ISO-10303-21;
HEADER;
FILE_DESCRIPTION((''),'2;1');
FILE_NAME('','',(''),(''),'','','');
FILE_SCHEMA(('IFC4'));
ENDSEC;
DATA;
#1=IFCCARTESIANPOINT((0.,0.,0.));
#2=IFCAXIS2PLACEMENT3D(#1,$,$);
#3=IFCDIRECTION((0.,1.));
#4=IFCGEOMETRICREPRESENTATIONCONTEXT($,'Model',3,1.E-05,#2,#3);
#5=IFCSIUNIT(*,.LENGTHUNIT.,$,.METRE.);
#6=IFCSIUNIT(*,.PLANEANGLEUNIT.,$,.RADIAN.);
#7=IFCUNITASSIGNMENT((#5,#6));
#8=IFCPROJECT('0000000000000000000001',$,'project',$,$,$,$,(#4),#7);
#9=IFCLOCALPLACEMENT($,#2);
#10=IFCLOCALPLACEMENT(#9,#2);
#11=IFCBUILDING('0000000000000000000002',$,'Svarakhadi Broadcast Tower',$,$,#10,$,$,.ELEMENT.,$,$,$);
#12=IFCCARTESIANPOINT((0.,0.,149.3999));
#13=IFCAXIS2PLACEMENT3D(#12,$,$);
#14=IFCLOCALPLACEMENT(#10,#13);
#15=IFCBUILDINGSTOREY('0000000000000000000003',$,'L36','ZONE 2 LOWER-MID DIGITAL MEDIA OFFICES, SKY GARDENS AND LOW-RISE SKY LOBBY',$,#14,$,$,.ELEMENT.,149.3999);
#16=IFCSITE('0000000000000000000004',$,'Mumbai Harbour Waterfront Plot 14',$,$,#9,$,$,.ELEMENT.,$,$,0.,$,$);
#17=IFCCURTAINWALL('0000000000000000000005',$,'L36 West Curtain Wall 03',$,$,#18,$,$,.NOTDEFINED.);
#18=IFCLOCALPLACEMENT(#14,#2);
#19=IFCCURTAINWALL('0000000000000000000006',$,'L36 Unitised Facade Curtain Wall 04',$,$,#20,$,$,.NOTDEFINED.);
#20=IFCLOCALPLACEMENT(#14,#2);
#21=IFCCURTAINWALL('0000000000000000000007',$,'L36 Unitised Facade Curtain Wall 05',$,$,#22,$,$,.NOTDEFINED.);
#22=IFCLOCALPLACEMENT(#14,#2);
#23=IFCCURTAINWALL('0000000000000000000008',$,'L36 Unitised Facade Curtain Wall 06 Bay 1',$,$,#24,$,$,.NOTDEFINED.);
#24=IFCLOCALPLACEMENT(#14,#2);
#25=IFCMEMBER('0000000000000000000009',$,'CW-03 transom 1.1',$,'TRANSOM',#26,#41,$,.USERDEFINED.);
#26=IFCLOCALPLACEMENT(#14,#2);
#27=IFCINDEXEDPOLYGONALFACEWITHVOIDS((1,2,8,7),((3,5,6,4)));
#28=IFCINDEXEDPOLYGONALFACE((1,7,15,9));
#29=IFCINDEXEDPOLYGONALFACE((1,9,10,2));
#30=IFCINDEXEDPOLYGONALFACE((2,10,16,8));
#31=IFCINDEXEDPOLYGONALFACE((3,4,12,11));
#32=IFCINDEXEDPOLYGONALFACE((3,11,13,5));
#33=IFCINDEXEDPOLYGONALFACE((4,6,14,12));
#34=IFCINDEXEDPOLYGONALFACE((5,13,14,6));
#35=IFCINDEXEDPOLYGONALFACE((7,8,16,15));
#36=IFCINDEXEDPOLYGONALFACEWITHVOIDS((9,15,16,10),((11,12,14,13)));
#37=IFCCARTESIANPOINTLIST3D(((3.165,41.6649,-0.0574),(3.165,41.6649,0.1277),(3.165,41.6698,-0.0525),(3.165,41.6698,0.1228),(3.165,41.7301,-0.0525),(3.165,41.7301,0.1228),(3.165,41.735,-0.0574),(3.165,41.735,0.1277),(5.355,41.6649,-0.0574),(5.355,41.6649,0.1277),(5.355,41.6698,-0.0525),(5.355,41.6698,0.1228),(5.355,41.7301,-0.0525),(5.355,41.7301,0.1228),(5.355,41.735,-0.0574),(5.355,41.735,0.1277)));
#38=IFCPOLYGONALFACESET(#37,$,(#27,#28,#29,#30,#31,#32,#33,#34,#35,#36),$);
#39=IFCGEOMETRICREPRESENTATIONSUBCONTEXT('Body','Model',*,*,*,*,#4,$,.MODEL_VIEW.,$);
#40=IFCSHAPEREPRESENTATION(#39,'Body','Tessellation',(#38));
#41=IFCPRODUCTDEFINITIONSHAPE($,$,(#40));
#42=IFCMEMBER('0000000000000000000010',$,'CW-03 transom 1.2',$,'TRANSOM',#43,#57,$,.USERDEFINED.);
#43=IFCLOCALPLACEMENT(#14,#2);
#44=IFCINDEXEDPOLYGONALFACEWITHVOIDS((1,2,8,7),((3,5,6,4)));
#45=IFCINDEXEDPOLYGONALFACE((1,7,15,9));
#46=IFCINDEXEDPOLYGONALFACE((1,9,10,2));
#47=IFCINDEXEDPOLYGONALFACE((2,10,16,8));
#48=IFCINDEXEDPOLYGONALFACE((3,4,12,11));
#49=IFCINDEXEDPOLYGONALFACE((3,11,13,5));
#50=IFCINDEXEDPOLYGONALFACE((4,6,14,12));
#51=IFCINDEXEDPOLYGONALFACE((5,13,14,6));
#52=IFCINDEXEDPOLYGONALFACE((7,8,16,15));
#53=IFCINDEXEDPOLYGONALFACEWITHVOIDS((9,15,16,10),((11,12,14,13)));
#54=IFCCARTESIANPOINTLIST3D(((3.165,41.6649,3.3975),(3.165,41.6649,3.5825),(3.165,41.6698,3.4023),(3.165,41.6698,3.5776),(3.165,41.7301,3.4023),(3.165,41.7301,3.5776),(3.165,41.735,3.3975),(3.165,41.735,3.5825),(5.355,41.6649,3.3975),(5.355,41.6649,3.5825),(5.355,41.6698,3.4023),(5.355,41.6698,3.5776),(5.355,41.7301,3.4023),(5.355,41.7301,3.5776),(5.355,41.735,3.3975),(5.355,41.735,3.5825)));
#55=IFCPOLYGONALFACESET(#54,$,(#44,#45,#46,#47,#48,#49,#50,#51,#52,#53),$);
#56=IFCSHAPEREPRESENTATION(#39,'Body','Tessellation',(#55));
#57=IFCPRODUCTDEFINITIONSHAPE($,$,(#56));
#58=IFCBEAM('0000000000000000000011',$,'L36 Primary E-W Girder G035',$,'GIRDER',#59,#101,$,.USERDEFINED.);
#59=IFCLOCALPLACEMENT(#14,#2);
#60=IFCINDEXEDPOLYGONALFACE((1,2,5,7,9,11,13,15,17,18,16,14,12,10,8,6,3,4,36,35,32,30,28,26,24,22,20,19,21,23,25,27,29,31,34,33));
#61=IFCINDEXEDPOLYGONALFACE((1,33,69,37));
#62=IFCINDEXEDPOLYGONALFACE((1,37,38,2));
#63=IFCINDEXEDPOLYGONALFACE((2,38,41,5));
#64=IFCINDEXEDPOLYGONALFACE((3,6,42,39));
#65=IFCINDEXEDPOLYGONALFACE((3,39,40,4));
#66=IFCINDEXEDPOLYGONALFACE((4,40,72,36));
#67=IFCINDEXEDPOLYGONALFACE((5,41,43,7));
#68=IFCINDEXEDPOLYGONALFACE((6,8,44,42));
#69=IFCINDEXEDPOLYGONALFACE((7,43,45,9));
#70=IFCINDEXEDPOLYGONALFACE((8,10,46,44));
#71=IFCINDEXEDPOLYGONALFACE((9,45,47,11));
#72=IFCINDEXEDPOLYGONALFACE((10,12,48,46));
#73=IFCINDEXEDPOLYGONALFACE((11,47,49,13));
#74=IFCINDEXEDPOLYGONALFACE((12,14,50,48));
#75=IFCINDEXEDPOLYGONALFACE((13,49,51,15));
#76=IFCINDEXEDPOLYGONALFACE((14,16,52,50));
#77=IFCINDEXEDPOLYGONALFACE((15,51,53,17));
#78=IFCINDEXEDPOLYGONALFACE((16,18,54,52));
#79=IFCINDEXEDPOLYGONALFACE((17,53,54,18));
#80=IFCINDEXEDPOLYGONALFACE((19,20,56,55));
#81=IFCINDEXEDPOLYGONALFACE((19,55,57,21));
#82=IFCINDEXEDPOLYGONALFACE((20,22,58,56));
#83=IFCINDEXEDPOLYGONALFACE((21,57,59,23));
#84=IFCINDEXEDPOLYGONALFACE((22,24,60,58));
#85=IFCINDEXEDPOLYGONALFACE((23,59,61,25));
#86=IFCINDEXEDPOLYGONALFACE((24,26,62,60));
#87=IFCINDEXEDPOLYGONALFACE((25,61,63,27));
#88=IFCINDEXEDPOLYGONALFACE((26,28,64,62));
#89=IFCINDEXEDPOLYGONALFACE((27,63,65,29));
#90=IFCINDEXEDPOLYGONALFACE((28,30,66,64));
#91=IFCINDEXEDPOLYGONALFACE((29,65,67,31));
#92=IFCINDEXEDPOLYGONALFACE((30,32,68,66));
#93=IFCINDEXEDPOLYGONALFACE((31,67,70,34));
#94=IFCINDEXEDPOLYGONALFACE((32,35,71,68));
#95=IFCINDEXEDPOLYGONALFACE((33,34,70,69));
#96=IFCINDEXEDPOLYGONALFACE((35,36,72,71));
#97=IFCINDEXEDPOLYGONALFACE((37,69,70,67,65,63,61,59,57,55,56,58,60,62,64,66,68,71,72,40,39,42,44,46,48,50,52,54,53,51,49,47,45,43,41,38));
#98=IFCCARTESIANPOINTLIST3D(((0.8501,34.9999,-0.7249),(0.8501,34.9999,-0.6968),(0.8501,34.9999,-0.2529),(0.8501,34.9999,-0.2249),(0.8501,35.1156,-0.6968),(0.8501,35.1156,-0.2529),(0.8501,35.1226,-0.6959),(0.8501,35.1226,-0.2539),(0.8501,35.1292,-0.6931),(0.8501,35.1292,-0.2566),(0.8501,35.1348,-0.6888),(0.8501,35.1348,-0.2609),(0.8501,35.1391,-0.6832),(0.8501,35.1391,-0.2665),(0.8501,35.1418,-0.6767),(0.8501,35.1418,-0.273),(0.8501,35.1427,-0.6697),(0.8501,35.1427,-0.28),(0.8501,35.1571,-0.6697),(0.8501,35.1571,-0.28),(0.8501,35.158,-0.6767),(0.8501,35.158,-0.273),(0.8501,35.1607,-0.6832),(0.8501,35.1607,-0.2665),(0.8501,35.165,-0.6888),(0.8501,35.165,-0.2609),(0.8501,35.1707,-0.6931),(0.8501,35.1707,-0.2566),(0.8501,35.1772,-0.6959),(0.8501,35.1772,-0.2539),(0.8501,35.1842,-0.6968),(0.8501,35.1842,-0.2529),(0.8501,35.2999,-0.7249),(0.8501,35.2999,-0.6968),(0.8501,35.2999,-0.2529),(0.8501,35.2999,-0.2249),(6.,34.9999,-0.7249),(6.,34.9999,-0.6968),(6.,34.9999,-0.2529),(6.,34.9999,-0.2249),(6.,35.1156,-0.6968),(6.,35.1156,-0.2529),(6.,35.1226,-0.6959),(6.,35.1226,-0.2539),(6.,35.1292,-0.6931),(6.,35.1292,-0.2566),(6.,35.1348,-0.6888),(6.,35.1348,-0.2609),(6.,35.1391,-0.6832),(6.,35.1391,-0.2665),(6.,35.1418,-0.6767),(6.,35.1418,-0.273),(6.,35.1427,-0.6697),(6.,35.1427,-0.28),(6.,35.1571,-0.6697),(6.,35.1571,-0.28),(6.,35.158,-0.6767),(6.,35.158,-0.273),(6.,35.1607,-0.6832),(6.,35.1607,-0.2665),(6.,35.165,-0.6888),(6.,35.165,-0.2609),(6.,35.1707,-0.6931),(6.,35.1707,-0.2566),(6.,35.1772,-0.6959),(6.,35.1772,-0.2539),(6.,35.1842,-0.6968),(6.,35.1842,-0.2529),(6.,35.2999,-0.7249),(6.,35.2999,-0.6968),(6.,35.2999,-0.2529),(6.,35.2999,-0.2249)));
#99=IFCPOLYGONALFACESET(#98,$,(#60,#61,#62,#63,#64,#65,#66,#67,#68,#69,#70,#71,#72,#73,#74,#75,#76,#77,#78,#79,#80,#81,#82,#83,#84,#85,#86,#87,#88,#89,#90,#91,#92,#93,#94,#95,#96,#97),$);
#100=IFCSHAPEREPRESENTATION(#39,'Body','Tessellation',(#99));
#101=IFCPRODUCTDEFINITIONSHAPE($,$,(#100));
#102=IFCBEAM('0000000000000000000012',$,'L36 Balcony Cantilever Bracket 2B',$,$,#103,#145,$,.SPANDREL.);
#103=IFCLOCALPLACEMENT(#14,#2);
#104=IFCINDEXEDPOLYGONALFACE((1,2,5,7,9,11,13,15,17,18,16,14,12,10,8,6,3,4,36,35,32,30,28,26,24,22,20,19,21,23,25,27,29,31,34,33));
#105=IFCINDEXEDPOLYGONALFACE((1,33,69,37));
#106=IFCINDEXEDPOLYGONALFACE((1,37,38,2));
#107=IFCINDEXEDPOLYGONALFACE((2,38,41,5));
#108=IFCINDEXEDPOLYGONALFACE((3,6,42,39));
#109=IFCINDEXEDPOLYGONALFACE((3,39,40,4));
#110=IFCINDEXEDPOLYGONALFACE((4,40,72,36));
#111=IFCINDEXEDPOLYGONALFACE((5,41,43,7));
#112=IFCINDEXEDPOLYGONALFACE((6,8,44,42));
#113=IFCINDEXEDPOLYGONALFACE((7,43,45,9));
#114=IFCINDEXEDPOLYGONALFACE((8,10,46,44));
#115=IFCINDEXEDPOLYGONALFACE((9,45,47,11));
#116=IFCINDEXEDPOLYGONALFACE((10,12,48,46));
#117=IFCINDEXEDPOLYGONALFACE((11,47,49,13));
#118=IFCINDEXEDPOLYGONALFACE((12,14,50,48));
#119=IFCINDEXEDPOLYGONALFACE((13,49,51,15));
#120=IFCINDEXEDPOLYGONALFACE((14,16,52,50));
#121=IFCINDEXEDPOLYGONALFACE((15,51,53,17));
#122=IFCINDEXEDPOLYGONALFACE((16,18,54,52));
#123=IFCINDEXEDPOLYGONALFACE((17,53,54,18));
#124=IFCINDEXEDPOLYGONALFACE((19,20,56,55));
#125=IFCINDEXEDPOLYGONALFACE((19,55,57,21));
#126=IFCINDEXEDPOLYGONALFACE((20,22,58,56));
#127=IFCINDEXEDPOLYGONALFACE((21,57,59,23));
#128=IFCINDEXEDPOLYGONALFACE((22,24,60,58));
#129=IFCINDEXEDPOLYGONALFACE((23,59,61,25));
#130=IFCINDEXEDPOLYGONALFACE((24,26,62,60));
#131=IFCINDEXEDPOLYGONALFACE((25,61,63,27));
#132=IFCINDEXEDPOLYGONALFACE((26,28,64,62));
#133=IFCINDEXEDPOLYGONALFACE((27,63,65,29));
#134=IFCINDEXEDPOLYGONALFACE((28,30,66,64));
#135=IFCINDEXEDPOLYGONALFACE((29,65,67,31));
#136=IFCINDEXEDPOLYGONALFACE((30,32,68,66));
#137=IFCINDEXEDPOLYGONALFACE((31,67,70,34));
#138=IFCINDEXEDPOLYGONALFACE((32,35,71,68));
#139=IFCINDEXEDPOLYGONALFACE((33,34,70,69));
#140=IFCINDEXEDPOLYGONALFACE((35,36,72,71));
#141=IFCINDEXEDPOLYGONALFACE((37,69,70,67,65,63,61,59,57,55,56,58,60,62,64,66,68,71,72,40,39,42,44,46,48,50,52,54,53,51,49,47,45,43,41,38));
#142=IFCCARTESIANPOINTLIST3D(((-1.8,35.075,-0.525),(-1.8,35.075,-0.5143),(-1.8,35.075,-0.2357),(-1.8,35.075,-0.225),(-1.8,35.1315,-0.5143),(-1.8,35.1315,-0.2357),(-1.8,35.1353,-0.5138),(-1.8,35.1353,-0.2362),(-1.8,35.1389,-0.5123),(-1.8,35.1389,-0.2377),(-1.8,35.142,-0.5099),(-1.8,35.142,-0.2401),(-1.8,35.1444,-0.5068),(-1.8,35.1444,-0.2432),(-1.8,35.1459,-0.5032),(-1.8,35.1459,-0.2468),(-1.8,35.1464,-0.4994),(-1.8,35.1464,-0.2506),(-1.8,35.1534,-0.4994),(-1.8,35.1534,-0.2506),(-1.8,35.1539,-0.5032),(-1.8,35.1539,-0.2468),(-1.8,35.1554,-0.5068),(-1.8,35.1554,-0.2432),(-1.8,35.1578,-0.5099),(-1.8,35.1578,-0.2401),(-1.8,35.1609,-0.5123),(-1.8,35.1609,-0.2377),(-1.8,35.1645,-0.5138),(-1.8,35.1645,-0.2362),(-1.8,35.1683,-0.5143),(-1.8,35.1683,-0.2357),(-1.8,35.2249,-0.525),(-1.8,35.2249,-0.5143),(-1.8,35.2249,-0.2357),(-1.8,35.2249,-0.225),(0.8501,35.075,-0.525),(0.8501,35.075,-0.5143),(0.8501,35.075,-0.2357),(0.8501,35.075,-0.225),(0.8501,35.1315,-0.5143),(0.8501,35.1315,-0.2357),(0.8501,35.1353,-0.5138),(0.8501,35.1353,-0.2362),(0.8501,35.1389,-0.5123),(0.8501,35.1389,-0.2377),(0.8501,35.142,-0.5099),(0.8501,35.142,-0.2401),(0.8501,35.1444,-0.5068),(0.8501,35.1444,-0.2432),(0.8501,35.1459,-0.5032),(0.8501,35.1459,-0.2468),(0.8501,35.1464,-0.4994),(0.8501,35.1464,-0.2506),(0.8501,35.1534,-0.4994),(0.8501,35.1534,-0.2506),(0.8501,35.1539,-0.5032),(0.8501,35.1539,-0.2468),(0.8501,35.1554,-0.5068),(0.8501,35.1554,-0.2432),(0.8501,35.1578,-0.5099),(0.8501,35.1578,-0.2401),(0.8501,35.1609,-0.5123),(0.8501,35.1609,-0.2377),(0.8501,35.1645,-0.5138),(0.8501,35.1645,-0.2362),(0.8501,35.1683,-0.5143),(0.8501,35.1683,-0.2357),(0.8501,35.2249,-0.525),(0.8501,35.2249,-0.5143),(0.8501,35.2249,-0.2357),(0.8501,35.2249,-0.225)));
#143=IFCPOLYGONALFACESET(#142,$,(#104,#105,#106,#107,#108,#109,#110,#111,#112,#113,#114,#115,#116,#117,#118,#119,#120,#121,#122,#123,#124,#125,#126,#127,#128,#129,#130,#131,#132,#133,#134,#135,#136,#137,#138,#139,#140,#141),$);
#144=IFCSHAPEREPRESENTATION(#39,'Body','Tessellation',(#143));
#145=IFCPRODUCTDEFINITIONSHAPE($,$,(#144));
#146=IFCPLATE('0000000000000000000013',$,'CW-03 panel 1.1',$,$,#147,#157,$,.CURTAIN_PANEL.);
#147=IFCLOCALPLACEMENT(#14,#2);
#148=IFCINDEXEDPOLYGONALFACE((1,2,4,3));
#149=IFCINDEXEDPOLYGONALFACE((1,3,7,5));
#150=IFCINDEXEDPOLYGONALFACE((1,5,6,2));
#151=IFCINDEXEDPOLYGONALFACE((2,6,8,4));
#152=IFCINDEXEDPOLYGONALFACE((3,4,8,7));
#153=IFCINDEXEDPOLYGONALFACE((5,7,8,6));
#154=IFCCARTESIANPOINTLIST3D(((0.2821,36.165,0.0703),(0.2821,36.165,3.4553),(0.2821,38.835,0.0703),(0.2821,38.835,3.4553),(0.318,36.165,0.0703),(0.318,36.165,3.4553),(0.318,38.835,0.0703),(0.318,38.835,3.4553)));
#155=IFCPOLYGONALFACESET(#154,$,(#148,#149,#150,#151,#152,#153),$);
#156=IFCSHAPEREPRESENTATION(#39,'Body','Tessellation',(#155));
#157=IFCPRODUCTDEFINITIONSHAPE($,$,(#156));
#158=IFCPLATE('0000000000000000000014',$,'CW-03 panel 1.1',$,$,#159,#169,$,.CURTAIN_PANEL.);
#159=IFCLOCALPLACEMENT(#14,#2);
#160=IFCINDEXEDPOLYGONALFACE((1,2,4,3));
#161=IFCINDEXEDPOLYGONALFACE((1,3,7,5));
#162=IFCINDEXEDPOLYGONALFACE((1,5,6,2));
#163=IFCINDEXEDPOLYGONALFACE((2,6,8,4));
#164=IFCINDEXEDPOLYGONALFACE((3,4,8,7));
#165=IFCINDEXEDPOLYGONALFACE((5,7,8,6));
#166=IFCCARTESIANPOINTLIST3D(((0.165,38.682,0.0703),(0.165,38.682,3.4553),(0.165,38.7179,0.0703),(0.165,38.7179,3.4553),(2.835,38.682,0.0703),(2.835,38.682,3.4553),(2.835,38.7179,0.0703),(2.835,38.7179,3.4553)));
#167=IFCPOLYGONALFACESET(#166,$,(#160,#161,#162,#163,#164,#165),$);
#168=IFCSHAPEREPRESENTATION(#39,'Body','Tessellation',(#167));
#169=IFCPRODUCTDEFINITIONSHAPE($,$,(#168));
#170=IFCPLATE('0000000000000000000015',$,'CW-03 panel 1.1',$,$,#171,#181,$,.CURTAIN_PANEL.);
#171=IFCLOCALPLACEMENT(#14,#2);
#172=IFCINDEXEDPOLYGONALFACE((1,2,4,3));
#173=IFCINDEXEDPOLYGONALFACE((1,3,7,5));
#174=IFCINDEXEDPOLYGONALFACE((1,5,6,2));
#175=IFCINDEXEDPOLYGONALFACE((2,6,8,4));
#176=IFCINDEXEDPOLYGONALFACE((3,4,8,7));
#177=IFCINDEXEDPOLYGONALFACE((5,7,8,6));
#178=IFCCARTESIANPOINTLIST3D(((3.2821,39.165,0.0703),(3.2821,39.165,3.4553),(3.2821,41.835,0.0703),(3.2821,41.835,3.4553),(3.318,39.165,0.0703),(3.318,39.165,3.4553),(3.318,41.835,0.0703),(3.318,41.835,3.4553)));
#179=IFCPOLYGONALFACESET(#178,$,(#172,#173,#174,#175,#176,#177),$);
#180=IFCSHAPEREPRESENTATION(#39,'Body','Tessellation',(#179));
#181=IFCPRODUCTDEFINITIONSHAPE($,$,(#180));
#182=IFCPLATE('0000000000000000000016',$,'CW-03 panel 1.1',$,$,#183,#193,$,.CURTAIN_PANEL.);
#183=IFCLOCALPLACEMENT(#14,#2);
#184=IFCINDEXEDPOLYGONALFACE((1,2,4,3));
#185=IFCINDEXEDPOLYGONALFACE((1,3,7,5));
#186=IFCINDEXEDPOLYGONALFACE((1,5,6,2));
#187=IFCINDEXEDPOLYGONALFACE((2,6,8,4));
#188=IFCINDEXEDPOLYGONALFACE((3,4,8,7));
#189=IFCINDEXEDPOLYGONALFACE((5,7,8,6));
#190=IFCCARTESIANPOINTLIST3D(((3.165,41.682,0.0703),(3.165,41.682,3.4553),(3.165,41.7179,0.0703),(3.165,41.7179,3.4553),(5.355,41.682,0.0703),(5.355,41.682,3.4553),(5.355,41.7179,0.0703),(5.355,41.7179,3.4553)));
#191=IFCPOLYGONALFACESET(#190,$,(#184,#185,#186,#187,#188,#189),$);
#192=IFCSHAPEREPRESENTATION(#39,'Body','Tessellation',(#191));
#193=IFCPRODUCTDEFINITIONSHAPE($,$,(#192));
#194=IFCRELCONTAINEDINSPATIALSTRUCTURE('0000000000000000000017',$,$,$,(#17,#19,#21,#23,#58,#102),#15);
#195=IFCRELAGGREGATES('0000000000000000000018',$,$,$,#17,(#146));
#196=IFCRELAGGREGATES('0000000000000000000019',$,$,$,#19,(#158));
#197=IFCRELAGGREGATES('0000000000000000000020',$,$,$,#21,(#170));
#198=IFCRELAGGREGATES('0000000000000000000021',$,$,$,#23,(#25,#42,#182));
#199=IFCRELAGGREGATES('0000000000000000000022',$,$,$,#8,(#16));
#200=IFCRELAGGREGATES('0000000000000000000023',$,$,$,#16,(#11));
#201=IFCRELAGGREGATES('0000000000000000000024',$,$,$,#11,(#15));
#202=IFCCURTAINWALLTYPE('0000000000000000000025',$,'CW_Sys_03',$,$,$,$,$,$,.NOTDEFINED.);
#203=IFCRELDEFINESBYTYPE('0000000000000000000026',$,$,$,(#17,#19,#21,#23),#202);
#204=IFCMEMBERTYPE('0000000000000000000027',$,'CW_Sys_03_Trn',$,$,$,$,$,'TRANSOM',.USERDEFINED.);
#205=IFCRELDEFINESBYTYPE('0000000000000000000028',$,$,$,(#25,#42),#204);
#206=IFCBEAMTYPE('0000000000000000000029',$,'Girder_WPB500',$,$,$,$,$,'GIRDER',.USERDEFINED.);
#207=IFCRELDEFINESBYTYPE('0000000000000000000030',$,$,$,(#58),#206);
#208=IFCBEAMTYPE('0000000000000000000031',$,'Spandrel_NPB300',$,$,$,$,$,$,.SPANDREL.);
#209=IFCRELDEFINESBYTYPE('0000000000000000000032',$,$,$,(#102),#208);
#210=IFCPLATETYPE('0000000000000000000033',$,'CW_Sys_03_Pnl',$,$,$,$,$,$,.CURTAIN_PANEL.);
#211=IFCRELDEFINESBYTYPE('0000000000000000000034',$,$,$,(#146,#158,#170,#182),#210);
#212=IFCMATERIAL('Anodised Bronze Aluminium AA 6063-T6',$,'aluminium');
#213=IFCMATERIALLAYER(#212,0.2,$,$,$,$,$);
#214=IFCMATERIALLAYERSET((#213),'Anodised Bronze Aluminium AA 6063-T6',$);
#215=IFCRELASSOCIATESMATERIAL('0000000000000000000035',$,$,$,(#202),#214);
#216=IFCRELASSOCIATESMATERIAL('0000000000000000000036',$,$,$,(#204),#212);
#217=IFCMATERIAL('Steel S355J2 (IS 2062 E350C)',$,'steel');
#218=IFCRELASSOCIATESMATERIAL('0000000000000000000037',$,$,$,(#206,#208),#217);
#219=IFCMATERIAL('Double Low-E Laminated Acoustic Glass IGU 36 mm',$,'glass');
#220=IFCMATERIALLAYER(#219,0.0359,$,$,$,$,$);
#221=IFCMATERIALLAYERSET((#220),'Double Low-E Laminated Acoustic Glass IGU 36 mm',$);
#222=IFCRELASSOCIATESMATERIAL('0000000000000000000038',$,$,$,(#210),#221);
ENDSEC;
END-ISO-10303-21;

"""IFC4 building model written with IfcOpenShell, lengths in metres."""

from ifc_helpers import new_model, si_unit, direction, frame, origin, origin_2d, place, context, subcontext, project, spatial, rectangle, hollow_rectangle, i_section, extrude, material, layer, layer_set, material_profile, profile_set, type_object, element, aggregate, save


model = new_model("IFC4")

# Units and contexts
model_context = context("Model", 3, precision=1e-05, world=origin(), true_north=direction((0.0, 1.0)))
body_context = subcontext(model_context, "Body", "Model", "MODEL_VIEW")
ifc_project = project(units=[si_unit("LENGTHUNIT", "METRE"), si_unit("PLANEANGLEUNIT", "RADIAN")], contexts=[model_context])

# Site, building, storey
site_placement = place(None, origin())
site = spatial("IfcSite", under=ifc_project, at=site_placement, Name="Mumbai Harbour Waterfront Plot 14", CompositionType="ELEMENT", RefElevation=0.0)
building_placement = place(site_placement, origin())
building = spatial("IfcBuilding", under=site, at=building_placement, Name="Svarakhadi Broadcast Tower", CompositionType="ELEMENT")
storey_placement = place(building_placement, frame((0.0, 0.0, 149.3999)))
storey = spatial("IfcBuildingStorey", under=building, at=storey_placement, Name="L36", Description="ZONE 2 LOWER-MID DIGITAL MEDIA OFFICES, SKY GARDENS AND LOW-RISE SKY LOBBY", CompositionType="ELEMENT", Elevation=149.3999)

# Shared definitions
ifc_material_1 = material(Name="Steel S355J2 (IS 2062 E350C)", Category="steel")

# Curtain walls
ifc_material_2 = material(Name="Anodised Bronze Aluminium AA 6063-T6", Category="aluminium")
ifc_layer_1 = layer(ifc_material_2, 0.2)
ifc_layer_set_1 = layer_set([ifc_layer_1], Name="Anodised Bronze Aluminium AA 6063-T6")
curtain_wall_type = type_object("IfcCurtainWallType", Name="CW_Sys_03", PredefinedType="NOTDEFINED", material=ifc_layer_set_1)
curtain_wall_1_placement = place(storey_placement, origin())
curtain_wall_1 = element("IfcCurtainWall", 1, at=curtain_wall_1_placement, inside=storey, type_object=curtain_wall_type, Name="L36 West Curtain Wall 03", PredefinedType="NOTDEFINED")
curtain_wall_2_placement = place(storey_placement, origin())
curtain_wall_2 = element("IfcCurtainWall", 2, at=curtain_wall_2_placement, inside=storey, type_object=curtain_wall_type, Name="L36 Unitised Facade Curtain Wall 04", PredefinedType="NOTDEFINED")
curtain_wall_3_placement = place(storey_placement, origin())
curtain_wall_3 = element("IfcCurtainWall", 3, at=curtain_wall_3_placement, inside=storey, type_object=curtain_wall_type, Name="L36 Unitised Facade Curtain Wall 05", PredefinedType="NOTDEFINED")
curtain_wall_4_placement = place(storey_placement, origin())
curtain_wall_4 = element("IfcCurtainWall", 4, at=curtain_wall_4_placement, inside=storey, type_object=curtain_wall_type, Name="L36 Unitised Facade Curtain Wall 06 Bay 1", PredefinedType="NOTDEFINED")

# Members
ifc_material_profile_1 = material_profile(ifc_material_2, hollow_rectangle(XDim=0.0701, YDim=0.1851, WallThickness=0.0049, at=origin_2d()), Name="ALU TRANSOM 185x70x5")
ifc_profile_set_1 = profile_set([ifc_material_profile_1], Name="Anodised Bronze Aluminium AA 6063-T6")
member_type_1 = type_object("IfcMemberType", Name="CW_Sys_03_Trn", ElementType="TRANSOM", PredefinedType="USERDEFINED", material=ifc_profile_set_1)
member_1_placement = place(storey_placement, frame((3.165, 41.7, 0.0352), z_axis=(1.0, 0.0, 0.0), x_axis=(0.0, 1.0, 0.0)))
member_1 = element("IfcMember", 5, at=member_1_placement, type_object=member_type_1, Name="CW-03 transom 1.1", ObjectType="TRANSOM", PredefinedType="USERDEFINED", context=body_context, shape_type="SweptSolid", body=[
    extrude(hollow_rectangle(XDim=0.0701, YDim=0.1851, WallThickness=0.0049, at=origin_2d()), origin(), (0.0, 0.0, 1.0), 2.1899),
])
member_2_placement = place(storey_placement, frame((3.165, 41.7, 3.49), z_axis=(1.0, 0.0, 0.0), x_axis=(0.0, 1.0, 0.0)))
member_2 = element("IfcMember", 6, at=member_2_placement, type_object=member_type_1, Name="CW-03 transom 1.2", ObjectType="TRANSOM", PredefinedType="USERDEFINED", context=body_context, shape_type="SweptSolid", body=[
    extrude(hollow_rectangle(XDim=0.0701, YDim=0.1851, WallThickness=0.0049, at=origin_2d()), origin(), (0.0, 0.0, 1.0), 2.1899),
])

# Beams
ifc_material_profile_2 = material_profile(ifc_material_1, i_section(OverallWidth=0.3, OverallDepth=0.5, WebThickness=0.0144, FlangeThickness=0.0281, FilletRadius=0.0271, at=origin_2d()), Name="WPB 500x300x187")
ifc_profile_set_2 = profile_set([ifc_material_profile_2], Name="Steel S355J2 (IS 2062 E350C)")
beam_type_1 = type_object("IfcBeamType", Name="Girder_WPB500", ElementType="GIRDER", PredefinedType="USERDEFINED", material=ifc_profile_set_2)
beam_1_placement = place(storey_placement, frame((0.8501, 35.1499, -0.4749), z_axis=(1.0, 0.0, 0.0), x_axis=(0.0, 1.0, 0.0)))
element("IfcBeam", 7, at=beam_1_placement, inside=storey, type_object=beam_type_1, Name="L36 Primary E-W Girder G035", ObjectType="GIRDER", PredefinedType="USERDEFINED", context=body_context, shape_type="SweptSolid", body=[
    extrude(i_section(OverallWidth=0.3, OverallDepth=0.5, WebThickness=0.0144, FlangeThickness=0.0281, FilletRadius=0.0271, at=origin_2d()), origin(), (0.0, 0.0, 1.0), 5.1499),
])
ifc_material_profile_3 = material_profile(ifc_material_1, i_section(OverallWidth=0.1499, OverallDepth=0.3, WebThickness=0.0071, FlangeThickness=0.0107, FilletRadius=0.0149, at=origin_2d()), Name="NPB 300x150x37")
ifc_profile_set_3 = profile_set([ifc_material_profile_3], Name="Steel S355J2 (IS 2062 E350C)")
beam_type_2 = type_object("IfcBeamType", Name="Spandrel_NPB300", PredefinedType="SPANDREL", material=ifc_profile_set_3)
beam_2_placement = place(storey_placement, frame((0.8501, 35.1499, -0.375), z_axis=(-1.0, 0.0, 0.0), x_axis=(0.0, -1.0, 0.0)))
element("IfcBeam", 8, at=beam_2_placement, inside=storey, type_object=beam_type_2, Name="L36 Balcony Cantilever Bracket 2B", PredefinedType="SPANDREL", context=body_context, shape_type="SweptSolid", body=[
    extrude(i_section(OverallWidth=0.1499, OverallDepth=0.3, WebThickness=0.0071, FlangeThickness=0.0107, FilletRadius=0.0149, at=origin_2d()), origin(), (0.0, 0.0, 1.0), 2.6501),
])

# Plates
ifc_material_3 = material(Name="Double Low-E Laminated Acoustic Glass IGU 36 mm", Category="glass")
ifc_layer_2 = layer(ifc_material_3, 0.0359)
ifc_layer_set_2 = layer_set([ifc_layer_2], Name="Double Low-E Laminated Acoustic Glass IGU 36 mm")
plate_type_1 = type_object("IfcPlateType", Name="CW_Sys_03_Pnl", PredefinedType="CURTAIN_PANEL", material=ifc_layer_set_2)
plate_1_placement = place(storey_placement, frame((0.3, 37.5, 0.0703), z_axis=(0.0, 0.0, 1.0), x_axis=(0.0, 1.0, 0.0)))
plate_1 = element("IfcPlate", 9, at=plate_1_placement, type_object=plate_type_1, Name="CW-03 panel 1.1", PredefinedType="CURTAIN_PANEL", context=body_context, shape_type="SweptSolid", body=[
    extrude(rectangle(XDim=2.6699, YDim=0.0359, at=origin_2d()), origin(), (0.0, 0.0, 1.0), 3.385),
])
aggregate(curtain_wall_1, [plate_1])
plate_2_placement = place(storey_placement, frame((1.5, 38.7, 0.0703), z_axis=(0.0, 0.0, 1.0), x_axis=(1.0, 0.0, 0.0)))
plate_2 = element("IfcPlate", 10, at=plate_2_placement, type_object=plate_type_1, Name="CW-03 panel 1.1", PredefinedType="CURTAIN_PANEL", context=body_context, shape_type="SweptSolid", body=[
    extrude(rectangle(XDim=2.6699, YDim=0.0359, at=origin_2d()), origin(), (0.0, 0.0, 1.0), 3.385),
])
aggregate(curtain_wall_2, [plate_2])
plate_3_placement = place(storey_placement, frame((3.3, 40.5, 0.0703), z_axis=(0.0, 0.0, 1.0), x_axis=(0.0, 1.0, 0.0)))
plate_3 = element("IfcPlate", 11, at=plate_3_placement, type_object=plate_type_1, Name="CW-03 panel 1.1", PredefinedType="CURTAIN_PANEL", context=body_context, shape_type="SweptSolid", body=[
    extrude(rectangle(XDim=2.6699, YDim=0.0359, at=origin_2d()), origin(), (0.0, 0.0, 1.0), 3.385),
])
aggregate(curtain_wall_3, [plate_3])
plate_4_placement = place(storey_placement, frame((4.26, 41.7, 0.0703), z_axis=(0.0, 0.0, 1.0), x_axis=(1.0, 0.0, 0.0)))
plate_4 = element("IfcPlate", 12, at=plate_4_placement, type_object=plate_type_1, Name="CW-03 panel 1.1", PredefinedType="CURTAIN_PANEL", context=body_context, shape_type="SweptSolid", body=[
    extrude(rectangle(XDim=2.1899, YDim=0.0359, at=origin_2d()), origin(), (0.0, 0.0, 1.0), 3.385),
])
aggregate(curtain_wall_4, [member_1, member_2, plate_4])

save(model, "model.ifc")
